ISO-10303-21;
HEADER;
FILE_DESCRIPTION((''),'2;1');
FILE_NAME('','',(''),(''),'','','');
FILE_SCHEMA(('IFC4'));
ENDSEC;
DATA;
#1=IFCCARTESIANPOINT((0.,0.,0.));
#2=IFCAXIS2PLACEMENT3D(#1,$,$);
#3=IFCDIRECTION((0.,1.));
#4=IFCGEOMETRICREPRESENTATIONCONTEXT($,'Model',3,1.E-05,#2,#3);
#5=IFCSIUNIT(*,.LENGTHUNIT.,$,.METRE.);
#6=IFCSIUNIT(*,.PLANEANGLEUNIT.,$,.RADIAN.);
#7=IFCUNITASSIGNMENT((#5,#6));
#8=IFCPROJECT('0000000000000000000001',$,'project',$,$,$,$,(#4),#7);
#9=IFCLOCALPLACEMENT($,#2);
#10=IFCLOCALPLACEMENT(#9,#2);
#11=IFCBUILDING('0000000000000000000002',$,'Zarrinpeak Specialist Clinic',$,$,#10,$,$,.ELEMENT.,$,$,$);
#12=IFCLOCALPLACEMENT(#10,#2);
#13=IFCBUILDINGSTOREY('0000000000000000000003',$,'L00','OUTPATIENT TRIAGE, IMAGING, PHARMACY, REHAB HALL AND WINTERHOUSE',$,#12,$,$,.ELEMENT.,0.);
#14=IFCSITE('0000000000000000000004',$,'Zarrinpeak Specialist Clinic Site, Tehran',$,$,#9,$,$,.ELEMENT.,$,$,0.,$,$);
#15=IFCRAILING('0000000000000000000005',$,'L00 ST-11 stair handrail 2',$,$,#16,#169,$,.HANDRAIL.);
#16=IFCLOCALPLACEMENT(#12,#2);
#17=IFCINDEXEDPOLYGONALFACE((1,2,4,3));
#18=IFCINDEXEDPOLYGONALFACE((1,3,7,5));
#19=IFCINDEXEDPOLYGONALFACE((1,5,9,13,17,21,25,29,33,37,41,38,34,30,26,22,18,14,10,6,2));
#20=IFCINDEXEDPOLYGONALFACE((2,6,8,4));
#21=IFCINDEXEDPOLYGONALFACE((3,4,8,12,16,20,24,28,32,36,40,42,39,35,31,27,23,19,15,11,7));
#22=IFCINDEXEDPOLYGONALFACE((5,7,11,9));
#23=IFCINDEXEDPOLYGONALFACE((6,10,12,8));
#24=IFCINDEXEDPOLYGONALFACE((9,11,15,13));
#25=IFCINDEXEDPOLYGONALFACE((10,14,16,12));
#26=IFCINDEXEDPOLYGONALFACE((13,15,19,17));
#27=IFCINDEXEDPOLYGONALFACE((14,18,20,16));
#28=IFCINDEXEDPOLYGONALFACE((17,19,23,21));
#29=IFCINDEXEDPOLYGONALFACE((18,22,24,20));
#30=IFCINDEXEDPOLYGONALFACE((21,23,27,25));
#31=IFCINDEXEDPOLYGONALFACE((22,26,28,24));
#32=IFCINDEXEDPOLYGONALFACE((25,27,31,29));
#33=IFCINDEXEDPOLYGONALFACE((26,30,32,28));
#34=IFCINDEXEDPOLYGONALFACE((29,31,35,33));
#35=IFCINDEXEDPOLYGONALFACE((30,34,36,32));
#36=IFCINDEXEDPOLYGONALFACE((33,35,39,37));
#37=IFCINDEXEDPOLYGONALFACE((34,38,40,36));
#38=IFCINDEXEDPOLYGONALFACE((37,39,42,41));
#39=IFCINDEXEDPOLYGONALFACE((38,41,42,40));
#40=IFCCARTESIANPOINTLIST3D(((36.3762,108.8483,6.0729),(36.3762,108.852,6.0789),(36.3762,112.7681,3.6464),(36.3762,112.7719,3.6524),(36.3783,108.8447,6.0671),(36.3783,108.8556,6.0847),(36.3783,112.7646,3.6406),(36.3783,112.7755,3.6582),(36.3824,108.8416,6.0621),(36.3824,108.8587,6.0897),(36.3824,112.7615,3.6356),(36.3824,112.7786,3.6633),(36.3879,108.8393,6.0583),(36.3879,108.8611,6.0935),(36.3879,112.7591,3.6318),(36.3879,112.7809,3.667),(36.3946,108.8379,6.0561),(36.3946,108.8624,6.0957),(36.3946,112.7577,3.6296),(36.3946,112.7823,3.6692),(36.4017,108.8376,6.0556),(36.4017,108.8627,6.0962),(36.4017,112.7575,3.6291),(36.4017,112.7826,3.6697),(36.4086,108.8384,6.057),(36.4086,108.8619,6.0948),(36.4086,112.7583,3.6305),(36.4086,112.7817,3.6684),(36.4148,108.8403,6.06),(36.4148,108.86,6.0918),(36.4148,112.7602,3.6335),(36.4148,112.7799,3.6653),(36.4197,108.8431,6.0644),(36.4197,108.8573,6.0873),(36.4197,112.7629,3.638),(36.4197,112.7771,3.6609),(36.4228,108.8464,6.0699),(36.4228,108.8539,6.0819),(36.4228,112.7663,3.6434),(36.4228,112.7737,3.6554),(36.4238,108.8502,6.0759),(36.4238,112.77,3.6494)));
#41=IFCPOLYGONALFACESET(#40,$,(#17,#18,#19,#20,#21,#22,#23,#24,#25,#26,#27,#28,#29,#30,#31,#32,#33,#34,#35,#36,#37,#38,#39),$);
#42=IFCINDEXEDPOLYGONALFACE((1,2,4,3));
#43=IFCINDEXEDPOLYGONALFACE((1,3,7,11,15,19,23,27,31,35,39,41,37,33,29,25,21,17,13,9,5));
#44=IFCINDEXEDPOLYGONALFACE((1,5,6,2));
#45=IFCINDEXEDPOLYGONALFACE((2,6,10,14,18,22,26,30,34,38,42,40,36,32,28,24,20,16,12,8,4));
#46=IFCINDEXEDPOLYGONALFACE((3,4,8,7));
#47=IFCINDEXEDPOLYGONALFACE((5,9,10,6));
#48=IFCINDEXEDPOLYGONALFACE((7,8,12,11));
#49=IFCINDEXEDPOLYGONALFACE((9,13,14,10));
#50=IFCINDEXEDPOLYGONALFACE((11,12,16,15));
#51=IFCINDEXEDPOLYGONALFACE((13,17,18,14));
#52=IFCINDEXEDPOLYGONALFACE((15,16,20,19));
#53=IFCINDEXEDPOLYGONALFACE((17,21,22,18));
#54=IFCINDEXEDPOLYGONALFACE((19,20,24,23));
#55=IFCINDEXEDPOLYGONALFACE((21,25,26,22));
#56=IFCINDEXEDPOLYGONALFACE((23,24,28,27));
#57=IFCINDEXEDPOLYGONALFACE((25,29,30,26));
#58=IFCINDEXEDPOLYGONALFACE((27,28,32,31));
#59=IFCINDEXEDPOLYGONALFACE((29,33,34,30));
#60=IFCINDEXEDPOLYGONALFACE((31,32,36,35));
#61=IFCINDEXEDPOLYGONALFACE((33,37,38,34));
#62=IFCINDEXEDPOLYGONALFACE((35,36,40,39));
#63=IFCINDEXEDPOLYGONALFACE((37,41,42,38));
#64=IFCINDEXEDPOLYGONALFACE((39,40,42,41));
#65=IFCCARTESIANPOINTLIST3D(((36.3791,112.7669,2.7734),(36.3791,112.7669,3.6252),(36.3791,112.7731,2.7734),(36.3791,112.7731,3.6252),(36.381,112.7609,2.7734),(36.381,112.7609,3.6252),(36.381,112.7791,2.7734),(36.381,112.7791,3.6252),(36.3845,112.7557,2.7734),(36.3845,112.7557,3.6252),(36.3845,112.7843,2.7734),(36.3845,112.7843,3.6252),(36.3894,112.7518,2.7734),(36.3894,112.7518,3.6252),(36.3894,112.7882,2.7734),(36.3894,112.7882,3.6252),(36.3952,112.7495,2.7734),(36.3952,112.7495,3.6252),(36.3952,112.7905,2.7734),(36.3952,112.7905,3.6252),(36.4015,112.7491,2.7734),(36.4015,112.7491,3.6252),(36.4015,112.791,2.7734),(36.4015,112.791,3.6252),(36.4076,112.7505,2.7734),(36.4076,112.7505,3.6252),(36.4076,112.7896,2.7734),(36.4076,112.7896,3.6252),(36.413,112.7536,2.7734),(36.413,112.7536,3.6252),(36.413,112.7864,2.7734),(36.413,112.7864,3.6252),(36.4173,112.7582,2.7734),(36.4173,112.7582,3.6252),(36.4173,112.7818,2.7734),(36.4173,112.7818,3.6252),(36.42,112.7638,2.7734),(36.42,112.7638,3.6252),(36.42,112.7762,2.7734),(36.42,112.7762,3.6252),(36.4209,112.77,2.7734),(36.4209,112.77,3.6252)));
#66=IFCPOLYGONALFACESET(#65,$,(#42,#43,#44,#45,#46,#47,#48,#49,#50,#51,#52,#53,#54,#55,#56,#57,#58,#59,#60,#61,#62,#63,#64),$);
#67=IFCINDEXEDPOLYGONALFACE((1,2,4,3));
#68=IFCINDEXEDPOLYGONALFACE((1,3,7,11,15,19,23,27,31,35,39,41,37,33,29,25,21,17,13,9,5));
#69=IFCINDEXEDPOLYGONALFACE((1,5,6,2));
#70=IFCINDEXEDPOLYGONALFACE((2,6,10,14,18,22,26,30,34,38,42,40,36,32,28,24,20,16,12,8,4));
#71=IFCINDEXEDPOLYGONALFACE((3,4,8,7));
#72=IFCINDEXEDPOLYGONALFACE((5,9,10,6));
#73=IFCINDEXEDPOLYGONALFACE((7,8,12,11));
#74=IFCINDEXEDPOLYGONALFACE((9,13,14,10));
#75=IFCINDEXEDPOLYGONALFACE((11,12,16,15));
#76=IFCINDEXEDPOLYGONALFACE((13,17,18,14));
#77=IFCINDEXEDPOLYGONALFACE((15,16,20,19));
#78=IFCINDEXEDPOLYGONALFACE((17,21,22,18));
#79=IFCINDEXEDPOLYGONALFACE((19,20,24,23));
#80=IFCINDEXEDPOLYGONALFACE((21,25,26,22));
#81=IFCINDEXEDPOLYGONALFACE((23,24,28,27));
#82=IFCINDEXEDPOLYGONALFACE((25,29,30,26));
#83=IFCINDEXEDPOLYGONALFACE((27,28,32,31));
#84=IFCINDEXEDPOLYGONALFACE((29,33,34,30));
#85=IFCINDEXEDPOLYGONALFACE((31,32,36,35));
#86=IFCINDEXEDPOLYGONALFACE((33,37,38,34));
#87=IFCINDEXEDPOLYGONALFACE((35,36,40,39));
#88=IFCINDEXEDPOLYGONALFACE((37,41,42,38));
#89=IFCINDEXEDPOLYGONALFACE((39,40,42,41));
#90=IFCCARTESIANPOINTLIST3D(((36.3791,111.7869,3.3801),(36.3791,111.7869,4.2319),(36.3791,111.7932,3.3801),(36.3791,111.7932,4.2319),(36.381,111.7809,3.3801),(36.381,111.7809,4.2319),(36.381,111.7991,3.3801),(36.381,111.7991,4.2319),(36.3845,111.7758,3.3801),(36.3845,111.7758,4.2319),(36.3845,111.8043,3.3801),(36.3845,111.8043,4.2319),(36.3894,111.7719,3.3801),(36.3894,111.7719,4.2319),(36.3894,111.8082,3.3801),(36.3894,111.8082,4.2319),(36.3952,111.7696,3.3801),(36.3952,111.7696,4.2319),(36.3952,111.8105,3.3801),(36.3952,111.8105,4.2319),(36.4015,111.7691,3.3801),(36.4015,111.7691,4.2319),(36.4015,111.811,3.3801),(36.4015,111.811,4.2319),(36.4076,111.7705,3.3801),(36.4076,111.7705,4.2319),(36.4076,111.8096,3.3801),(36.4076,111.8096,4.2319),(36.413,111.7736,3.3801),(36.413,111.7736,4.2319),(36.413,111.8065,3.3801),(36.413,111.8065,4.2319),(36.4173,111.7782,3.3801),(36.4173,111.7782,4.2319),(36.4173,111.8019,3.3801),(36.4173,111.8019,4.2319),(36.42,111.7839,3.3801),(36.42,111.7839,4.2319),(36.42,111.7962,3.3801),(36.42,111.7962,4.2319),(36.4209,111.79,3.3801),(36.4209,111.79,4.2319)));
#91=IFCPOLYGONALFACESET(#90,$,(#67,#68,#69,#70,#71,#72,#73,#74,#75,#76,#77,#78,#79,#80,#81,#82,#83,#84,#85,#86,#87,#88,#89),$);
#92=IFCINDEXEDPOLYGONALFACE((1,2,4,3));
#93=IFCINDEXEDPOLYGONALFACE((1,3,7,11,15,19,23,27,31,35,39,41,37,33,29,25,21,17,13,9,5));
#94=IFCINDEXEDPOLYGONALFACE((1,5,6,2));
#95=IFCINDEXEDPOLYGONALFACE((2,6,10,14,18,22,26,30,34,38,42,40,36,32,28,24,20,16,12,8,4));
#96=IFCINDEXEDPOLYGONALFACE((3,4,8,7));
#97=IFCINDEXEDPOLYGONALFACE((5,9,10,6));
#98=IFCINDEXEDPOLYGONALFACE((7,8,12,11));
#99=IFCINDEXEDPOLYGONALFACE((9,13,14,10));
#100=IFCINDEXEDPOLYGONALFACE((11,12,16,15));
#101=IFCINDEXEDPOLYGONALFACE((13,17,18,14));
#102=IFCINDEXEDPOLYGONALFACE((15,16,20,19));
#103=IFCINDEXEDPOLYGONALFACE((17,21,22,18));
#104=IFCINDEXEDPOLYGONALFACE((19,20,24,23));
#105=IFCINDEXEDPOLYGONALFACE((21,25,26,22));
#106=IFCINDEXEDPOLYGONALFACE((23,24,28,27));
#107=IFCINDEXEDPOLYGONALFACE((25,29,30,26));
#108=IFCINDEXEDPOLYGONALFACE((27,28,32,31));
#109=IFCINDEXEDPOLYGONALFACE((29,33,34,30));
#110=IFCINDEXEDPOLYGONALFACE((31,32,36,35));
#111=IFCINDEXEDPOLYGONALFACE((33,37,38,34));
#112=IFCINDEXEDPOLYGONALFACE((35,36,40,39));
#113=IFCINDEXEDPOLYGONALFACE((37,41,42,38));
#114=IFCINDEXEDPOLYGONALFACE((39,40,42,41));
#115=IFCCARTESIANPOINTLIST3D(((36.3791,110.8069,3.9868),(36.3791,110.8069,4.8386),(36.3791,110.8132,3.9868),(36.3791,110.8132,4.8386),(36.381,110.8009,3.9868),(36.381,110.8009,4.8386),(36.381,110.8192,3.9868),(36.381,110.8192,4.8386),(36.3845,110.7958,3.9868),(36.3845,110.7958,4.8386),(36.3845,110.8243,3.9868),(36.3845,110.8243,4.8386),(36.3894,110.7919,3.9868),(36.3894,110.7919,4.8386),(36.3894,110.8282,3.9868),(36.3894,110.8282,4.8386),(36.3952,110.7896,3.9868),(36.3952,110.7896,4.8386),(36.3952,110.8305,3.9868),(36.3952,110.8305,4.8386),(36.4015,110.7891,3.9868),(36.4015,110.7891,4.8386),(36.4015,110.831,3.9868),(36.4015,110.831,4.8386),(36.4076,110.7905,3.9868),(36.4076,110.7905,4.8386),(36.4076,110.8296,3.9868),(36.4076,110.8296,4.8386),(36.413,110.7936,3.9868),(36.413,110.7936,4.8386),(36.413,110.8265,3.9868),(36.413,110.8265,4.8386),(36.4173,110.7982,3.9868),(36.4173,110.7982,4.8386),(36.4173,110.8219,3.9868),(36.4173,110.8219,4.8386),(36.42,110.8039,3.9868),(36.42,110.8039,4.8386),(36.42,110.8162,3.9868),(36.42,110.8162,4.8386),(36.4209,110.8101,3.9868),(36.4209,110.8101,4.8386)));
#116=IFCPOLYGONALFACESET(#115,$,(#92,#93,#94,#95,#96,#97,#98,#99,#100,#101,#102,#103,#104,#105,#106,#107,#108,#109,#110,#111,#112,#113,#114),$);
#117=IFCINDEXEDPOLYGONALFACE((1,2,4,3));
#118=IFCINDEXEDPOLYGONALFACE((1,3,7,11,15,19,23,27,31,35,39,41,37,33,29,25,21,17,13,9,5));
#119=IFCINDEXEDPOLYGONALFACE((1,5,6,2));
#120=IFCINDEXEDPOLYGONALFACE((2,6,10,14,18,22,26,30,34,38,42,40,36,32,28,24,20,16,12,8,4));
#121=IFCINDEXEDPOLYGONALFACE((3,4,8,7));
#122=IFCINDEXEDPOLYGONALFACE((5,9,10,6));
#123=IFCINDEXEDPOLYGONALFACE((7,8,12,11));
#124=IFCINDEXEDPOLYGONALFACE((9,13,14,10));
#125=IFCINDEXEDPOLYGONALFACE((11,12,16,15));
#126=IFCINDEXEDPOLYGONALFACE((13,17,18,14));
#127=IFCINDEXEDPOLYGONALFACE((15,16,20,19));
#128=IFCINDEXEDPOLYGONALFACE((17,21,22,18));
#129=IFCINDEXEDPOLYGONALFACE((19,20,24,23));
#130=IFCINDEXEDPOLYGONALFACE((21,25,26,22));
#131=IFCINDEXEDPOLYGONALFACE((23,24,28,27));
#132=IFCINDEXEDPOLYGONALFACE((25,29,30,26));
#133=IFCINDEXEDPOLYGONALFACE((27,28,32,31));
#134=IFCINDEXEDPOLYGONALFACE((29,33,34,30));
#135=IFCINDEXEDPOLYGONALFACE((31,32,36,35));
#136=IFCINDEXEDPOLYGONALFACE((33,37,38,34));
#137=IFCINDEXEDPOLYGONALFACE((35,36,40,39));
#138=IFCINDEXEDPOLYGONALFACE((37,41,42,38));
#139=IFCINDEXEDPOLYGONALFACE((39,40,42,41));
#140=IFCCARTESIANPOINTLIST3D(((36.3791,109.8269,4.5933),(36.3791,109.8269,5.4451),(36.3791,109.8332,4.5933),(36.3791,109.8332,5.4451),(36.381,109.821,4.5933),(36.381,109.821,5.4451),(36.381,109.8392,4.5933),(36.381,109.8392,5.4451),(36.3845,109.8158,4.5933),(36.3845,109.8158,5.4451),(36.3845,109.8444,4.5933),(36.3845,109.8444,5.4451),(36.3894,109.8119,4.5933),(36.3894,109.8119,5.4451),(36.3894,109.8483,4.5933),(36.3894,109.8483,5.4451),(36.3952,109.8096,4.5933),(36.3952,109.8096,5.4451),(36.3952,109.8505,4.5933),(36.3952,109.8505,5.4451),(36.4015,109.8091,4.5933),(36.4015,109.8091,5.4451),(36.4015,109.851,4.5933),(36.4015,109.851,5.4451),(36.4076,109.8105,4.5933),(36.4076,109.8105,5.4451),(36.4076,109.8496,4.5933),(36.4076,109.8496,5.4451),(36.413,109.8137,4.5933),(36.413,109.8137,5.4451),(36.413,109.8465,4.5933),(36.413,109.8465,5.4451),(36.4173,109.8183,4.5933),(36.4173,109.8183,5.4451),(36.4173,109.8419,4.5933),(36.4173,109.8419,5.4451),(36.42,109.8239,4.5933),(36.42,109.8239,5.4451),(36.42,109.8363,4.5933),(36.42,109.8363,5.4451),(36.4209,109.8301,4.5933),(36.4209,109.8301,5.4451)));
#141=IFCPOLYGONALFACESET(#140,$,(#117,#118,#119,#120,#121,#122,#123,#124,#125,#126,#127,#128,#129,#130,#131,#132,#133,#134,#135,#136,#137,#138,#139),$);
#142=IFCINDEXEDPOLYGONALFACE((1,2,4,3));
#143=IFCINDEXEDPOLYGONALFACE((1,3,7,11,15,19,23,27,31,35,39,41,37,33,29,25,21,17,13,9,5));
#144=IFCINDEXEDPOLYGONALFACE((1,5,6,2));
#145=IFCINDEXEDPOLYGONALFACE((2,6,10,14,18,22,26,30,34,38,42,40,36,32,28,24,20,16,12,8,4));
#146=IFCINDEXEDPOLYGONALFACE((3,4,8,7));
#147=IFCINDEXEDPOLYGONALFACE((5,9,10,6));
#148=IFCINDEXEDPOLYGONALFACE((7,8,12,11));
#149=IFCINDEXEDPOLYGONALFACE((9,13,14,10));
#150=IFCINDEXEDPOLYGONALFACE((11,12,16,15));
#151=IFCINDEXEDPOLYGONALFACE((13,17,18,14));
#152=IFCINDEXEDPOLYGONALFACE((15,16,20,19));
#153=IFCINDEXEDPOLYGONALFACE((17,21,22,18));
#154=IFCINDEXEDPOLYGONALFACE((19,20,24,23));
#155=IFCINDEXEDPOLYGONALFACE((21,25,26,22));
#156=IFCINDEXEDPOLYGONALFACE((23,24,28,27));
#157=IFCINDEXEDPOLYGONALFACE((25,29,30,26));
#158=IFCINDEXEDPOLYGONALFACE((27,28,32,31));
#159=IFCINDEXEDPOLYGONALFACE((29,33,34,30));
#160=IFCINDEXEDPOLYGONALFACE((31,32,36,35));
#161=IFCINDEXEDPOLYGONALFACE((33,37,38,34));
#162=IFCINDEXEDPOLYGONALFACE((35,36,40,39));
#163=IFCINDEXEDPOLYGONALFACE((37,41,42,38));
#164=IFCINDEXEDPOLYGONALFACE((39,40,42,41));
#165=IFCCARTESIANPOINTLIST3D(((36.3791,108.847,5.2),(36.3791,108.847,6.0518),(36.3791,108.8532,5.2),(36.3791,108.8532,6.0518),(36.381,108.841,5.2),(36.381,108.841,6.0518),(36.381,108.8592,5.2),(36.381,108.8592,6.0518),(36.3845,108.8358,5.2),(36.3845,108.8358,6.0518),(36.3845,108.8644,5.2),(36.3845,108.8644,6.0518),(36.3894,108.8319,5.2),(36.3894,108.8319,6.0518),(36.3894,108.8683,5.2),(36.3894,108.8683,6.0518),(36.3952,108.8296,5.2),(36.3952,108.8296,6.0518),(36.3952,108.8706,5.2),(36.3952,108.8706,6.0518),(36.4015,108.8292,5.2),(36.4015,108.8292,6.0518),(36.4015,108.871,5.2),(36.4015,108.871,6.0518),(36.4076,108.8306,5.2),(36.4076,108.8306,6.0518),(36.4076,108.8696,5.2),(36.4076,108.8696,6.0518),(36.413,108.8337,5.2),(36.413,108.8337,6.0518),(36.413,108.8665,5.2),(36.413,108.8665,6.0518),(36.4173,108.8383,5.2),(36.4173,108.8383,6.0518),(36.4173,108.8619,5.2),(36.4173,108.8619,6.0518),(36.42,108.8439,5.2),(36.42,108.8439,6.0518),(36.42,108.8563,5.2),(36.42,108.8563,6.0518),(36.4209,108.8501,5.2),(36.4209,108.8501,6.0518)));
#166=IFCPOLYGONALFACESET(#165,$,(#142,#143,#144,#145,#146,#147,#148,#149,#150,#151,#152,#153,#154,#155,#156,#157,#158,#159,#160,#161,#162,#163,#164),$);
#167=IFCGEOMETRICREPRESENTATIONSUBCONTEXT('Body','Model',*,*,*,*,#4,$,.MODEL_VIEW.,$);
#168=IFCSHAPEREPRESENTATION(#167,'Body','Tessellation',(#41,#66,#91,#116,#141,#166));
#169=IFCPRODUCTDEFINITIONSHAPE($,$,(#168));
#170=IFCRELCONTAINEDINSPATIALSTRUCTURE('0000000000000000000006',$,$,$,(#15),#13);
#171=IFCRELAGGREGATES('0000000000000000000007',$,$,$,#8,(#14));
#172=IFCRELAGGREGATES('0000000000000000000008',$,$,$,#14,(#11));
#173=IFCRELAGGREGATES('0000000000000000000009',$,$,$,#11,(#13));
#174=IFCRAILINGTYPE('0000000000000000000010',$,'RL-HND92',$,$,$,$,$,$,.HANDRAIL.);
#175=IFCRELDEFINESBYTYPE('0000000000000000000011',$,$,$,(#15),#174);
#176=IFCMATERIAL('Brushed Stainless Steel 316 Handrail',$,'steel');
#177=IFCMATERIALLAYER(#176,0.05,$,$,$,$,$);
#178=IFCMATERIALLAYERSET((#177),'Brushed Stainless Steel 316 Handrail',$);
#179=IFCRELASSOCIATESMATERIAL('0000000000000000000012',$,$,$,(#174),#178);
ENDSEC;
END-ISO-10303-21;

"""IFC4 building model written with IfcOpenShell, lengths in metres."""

from ifc_helpers import new_model, si_unit, direction, frame, origin, origin_2d, place, context, subcontext, project, spatial, circle, extrude, material, layer, layer_set, type_object, element, save


model = new_model("IFC4")

# Units and contexts
model_context = context("Model", 3, precision=1e-05, world=origin(), true_north=direction((0.0, 1.0)))
body_context = subcontext(model_context, "Body", "Model", "MODEL_VIEW")
ifc_project = project(units=[si_unit("LENGTHUNIT", "METRE"), si_unit("PLANEANGLEUNIT", "RADIAN")], contexts=[model_context])

# Site, building, storey
site_placement = place(None, origin())
site = spatial("IfcSite", under=ifc_project, at=site_placement, Name="Zarrinpeak Specialist Clinic Site, Tehran", CompositionType="ELEMENT", RefElevation=0.0)
building_placement = place(site_placement, origin())
building = spatial("IfcBuilding", under=site, at=building_placement, Name="Zarrinpeak Specialist Clinic", CompositionType="ELEMENT")
storey_placement = place(building_placement, origin())
storey = spatial("IfcBuildingStorey", under=building, at=storey_placement, Name="L00", Description="OUTPATIENT TRIAGE, IMAGING, PHARMACY, REHAB HALL AND WINTERHOUSE", CompositionType="ELEMENT", Elevation=0.0)

# Railing
ifc_material_1 = material(Name="Brushed Stainless Steel 316 Handrail", Category="steel")
ifc_layer_1 = layer(ifc_material_1, 0.05)
ifc_layer_set_1 = layer_set([ifc_layer_1], Name="Brushed Stainless Steel 316 Handrail")
railing_type_1 = type_object("IfcRailingType", Name="RL-HND92", PredefinedType="HANDRAIL", material=ifc_layer_set_1)
railing_1_placement = place(storey_placement, frame((36.3999, 112.77, 2.7734)))
element("IfcRailing", 1, at=railing_1_placement, inside=storey, type_object=railing_type_1, Name="L00 ST-11 stair handrail 2", PredefinedType="HANDRAIL", context=body_context, shape_type="SweptSolid", body=[
    extrude(circle(Radius=0.0239, at=origin_2d()), frame((0.0, 0.0, 0.876), z_axis=(0.0, -0.850275, 0.526338), x_axis=(1.0, 0.0, 0.0)), (0.0, 0.0, 1.0), 4.6101),
    extrude(circle(Radius=0.021, at=origin_2d()), origin(), (0.0, 0.0, 1.0), 0.8518),
    extrude(circle(Radius=0.021, at=origin_2d()), frame((0.0, -0.98, 0.6067)), (0.0, 0.0, 1.0), 0.8518),
    extrude(circle(Radius=0.021, at=origin_2d()), frame((0.0, -1.96, 1.2134)), (0.0, 0.0, 1.0), 0.8518),
    extrude(circle(Radius=0.021, at=origin_2d()), frame((0.0, -2.9399, 1.8198)), (0.0, 0.0, 1.0), 0.8518),
    extrude(circle(Radius=0.021, at=origin_2d()), frame((0.0, -3.9199, 2.4265)), (0.0, 0.0, 1.0), 0.8518),
])

save(model, "model.ifc")
